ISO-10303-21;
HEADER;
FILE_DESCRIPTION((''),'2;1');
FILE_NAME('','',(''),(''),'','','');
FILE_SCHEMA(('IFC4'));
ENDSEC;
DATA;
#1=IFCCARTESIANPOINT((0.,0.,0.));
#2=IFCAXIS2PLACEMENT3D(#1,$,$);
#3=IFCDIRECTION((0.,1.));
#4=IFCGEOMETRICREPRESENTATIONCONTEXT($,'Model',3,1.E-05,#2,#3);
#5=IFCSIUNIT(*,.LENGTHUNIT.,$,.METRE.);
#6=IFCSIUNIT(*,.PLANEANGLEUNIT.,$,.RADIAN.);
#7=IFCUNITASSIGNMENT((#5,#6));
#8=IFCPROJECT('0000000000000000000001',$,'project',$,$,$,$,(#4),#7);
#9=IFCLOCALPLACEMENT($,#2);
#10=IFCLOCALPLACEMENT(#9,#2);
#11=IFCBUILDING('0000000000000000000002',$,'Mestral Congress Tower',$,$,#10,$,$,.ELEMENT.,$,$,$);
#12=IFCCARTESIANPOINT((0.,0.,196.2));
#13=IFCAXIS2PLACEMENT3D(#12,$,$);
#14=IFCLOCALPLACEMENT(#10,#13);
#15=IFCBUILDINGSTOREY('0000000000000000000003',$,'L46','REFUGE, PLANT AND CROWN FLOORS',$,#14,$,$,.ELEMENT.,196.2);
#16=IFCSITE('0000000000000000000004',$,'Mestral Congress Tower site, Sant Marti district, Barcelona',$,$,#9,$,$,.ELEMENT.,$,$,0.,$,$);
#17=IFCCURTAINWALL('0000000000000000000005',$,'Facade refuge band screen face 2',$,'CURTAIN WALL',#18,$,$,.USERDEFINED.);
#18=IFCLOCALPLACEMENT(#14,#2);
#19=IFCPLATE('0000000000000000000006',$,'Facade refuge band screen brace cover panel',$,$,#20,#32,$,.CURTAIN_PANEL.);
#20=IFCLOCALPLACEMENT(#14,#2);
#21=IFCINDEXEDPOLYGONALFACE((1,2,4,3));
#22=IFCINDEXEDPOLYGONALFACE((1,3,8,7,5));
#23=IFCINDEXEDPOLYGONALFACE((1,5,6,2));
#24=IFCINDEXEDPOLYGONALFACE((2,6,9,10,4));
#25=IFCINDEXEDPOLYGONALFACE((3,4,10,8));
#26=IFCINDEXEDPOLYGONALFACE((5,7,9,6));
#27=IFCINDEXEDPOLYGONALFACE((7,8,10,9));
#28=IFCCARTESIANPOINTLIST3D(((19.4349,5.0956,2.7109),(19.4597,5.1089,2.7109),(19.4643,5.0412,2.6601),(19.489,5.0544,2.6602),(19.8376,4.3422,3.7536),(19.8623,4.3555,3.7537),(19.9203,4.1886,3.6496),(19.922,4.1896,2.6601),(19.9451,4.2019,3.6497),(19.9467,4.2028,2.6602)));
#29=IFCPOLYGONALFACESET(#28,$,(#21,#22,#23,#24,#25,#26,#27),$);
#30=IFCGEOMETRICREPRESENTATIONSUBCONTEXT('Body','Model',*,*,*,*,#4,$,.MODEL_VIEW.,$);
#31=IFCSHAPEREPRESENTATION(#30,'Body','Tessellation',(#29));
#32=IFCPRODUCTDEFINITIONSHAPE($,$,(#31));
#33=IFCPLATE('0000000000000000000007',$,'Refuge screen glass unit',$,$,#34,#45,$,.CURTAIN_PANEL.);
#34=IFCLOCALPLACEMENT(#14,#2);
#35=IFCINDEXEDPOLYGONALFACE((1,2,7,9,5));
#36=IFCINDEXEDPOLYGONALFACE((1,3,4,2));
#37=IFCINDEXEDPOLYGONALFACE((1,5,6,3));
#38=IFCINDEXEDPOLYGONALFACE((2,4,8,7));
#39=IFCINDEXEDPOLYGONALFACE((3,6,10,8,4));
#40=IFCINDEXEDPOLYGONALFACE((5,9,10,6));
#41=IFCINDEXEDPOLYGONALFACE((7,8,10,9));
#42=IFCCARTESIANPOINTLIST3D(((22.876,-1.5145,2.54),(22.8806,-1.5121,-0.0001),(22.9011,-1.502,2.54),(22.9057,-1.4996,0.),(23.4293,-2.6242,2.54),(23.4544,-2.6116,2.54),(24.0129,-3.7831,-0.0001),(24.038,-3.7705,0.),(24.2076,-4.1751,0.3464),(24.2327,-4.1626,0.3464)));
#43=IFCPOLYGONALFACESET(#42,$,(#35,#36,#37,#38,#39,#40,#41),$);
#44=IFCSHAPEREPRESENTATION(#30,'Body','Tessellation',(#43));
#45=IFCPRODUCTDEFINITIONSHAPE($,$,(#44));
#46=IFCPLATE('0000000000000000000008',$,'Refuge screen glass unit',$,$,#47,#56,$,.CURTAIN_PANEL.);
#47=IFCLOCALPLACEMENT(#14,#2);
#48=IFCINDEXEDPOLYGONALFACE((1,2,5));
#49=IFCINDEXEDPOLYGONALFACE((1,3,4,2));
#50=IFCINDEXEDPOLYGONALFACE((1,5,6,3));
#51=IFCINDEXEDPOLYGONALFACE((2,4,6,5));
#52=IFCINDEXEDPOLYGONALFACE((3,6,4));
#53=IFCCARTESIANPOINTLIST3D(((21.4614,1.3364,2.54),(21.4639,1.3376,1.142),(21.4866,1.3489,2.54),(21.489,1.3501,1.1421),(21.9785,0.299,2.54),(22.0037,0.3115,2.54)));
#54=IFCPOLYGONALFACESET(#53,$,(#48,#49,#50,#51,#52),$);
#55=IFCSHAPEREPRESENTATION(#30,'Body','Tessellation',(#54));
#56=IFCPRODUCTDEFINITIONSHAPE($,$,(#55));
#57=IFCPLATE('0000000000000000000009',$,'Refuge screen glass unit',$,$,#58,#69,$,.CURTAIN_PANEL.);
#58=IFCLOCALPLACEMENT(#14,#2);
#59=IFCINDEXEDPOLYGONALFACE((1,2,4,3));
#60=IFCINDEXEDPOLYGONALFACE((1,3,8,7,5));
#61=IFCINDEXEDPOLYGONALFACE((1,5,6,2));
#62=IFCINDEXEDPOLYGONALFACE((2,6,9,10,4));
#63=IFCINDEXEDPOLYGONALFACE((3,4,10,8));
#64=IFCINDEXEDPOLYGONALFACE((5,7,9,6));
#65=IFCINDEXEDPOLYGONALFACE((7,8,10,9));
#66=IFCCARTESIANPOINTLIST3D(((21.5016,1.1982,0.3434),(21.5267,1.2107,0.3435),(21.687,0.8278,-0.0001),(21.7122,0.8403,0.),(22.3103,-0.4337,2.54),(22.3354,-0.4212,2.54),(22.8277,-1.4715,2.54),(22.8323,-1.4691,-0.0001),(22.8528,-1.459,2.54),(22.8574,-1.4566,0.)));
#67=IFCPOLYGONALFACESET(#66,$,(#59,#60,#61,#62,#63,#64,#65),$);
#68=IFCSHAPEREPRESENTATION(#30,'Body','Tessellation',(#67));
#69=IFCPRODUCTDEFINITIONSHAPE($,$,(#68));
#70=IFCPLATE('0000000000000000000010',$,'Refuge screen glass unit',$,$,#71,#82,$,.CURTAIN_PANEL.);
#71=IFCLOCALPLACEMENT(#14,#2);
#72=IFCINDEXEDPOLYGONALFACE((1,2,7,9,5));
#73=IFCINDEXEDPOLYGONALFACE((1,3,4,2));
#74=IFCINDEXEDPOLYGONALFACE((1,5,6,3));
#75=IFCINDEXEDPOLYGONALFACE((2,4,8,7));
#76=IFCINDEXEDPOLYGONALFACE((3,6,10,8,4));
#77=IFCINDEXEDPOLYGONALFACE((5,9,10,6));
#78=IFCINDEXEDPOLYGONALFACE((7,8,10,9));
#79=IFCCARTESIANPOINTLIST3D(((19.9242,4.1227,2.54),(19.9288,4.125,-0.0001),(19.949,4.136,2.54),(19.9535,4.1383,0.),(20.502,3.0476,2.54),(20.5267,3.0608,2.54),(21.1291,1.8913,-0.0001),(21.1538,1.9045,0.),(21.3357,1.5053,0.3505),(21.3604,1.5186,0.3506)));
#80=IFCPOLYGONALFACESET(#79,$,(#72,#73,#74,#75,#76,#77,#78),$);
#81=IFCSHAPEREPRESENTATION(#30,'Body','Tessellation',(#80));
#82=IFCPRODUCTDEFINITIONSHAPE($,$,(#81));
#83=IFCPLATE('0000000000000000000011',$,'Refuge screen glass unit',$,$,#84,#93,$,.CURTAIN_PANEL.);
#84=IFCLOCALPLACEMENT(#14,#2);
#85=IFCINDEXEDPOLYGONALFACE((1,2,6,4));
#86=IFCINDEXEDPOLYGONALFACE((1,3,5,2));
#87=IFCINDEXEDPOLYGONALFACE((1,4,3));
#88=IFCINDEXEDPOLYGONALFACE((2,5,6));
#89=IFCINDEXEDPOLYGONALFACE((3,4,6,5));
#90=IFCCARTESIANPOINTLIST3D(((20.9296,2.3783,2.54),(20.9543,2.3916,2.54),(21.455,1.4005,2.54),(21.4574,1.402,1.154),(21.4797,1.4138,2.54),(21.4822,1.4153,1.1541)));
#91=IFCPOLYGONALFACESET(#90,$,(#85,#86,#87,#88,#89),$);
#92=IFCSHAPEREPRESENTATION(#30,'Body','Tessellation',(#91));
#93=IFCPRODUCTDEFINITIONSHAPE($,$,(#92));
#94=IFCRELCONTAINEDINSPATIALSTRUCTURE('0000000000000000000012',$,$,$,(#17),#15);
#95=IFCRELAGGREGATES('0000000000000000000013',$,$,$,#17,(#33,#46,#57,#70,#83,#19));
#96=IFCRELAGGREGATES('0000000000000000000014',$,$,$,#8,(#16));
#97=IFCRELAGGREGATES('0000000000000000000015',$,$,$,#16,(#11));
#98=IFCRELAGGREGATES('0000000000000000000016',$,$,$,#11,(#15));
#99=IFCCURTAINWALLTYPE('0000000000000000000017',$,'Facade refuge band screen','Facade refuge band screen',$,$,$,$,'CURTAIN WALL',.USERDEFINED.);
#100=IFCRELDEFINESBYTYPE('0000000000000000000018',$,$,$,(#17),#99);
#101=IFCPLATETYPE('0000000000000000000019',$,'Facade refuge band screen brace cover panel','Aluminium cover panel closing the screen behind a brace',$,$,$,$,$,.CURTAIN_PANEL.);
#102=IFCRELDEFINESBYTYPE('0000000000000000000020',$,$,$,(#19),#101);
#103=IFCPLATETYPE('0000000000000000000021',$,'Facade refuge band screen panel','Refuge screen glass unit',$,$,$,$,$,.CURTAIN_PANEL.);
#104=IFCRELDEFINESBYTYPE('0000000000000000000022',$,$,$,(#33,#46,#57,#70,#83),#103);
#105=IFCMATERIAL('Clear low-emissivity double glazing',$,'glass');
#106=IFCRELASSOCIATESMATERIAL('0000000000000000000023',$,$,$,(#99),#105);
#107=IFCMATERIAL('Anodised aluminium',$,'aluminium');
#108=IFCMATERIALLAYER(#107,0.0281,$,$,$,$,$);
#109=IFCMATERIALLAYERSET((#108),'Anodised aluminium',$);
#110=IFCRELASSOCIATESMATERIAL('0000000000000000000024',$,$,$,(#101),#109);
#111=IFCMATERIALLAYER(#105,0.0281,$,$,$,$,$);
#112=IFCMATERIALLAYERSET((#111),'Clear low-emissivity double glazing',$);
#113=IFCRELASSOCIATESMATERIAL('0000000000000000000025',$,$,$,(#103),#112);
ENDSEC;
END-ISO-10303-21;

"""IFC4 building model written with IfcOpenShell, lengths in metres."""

from ifc_helpers import new_model, si_unit, direction, frame, origin, place, context, subcontext, project, spatial, polyline, outline, extrude, material, layer, layer_set, type_object, element, aggregate, save


model = new_model("IFC4")

# Units and contexts
model_context = context("Model", 3, precision=1e-05, world=origin(), true_north=direction((0.0, 1.0)))
body_context = subcontext(model_context, "Body", "Model", "MODEL_VIEW")
ifc_project = project(units=[si_unit("LENGTHUNIT", "METRE"), si_unit("PLANEANGLEUNIT", "RADIAN")], contexts=[model_context])

# Site, building, storey
site_placement = place(None, origin())
site = spatial("IfcSite", under=ifc_project, at=site_placement, Name="Mestral Congress Tower site, Sant Marti district, Barcelona", CompositionType="ELEMENT", RefElevation=0.0)
building_placement = place(site_placement, origin())
building = spatial("IfcBuilding", under=site, at=building_placement, Name="Mestral Congress Tower", CompositionType="ELEMENT")
storey_placement = place(building_placement, frame((0.0, 0.0, 196.2)))
storey = spatial("IfcBuildingStorey", under=building, at=storey_placement, Name="L46", Description="REFUGE, PLANT AND CROWN FLOORS", CompositionType="ELEMENT", Elevation=196.2)

# Curtain wall
ifc_material_1 = material(Name="Clear low-emissivity double glazing", Category="glass")
curtain_wall_type = type_object("IfcCurtainWallType", Name="Facade refuge band screen", Description="Facade refuge band screen", ElementType="CURTAIN WALL", PredefinedType="USERDEFINED", material=ifc_material_1)
curtain_wall_placement = place(storey_placement, origin())
curtain_wall = element("IfcCurtainWall", 1, at=curtain_wall_placement, inside=storey, type_object=curtain_wall_type, Name="Facade refuge band screen face 2", ObjectType="CURTAIN WALL", PredefinedType="USERDEFINED")
ifc_material_2 = material(Name="Anodised aluminium", Category="aluminium")

# Plates
ifc_layer_1 = layer(ifc_material_2, 0.0281)
ifc_layer_set_1 = layer_set([ifc_layer_1], Name="Anodised aluminium")
plate_type_1 = type_object("IfcPlateType", Name="Facade refuge band screen brace cover panel", Description="Aluminium cover panel closing the screen behind a brace", PredefinedType="CURTAIN_PANEL", material=ifc_layer_set_1)
plate_1_placement = place(storey_placement, frame((19.489, 5.0544, 2.6602), z_axis=(0.880836, 0.473417, 0.00193), x_axis=(0.473418, -0.880838, 0.0)))
plate_1 = element("IfcPlate", 2, at=plate_1_placement, type_object=plate_type_1, Name="Facade refuge band screen brace cover panel", PredefinedType="CURTAIN_PANEL", context=body_context, shape_type="SweptSolid", body=[
    extrude(outline(polyline([(0.0, 0.0), (0.9668, 0.0), (0.9669, -0.9895), (0.7924, -1.0935), (-0.0618, -0.0508), (0.0, 0.0)])), origin(), (0.0, 0.0, -1.0), 0.0281),
])
ifc_layer_2 = layer(ifc_material_1, 0.0281)
ifc_layer_set_2 = layer_set([ifc_layer_2], Name="Clear low-emissivity double glazing")
plate_type_2 = type_object("IfcPlateType", Name="Facade refuge band screen panel", Description="Refuge screen glass unit", PredefinedType="CURTAIN_PANEL", material=ifc_layer_set_2)
plate_2_placement = place(storey_placement, frame((22.9011, -1.502, 2.54), z_axis=(0.894919, 0.446223, 0.002026), x_axis=(0.001793, 0.000945, -0.999998)))
plate_2 = element("IfcPlate", 3, at=plate_2_placement, type_object=plate_type_2, Name="Refuge screen glass unit", PredefinedType="CURTAIN_PANEL", context=body_context, shape_type="SweptSolid", body=[
    extrude(outline(polyline([(0.0, 0.0), (2.54, 0.0), (2.5399, -2.5376), (2.1935, -2.9753), (-0.0001, -1.24), (0.0, 0.0)])), origin(), (0.0, 0.0, -1.0), 0.0281),
])
plate_3_placement = place(storey_placement, frame((21.4866, 1.3489, 2.54), z_axis=(0.894972, 0.446117, 0.001953), x_axis=(0.001746, 0.000873, -0.999998)))
plate_3 = element("IfcPlate", 4, at=plate_3_placement, type_object=plate_type_2, Name="Refuge screen glass unit", PredefinedType="CURTAIN_PANEL", context=body_context, shape_type="SweptSolid", body=[
    extrude(outline(polyline([(0.0, 0.0), (1.398, 0.0), (0.0, -1.1591), (0.0, 0.0)])), origin(), (0.0, 0.0, -1.0), 0.0281),
])
plate_4_placement = place(storey_placement, frame((21.7122, 0.8403, 0.0), z_axis=(0.894924, 0.446215, 0.002036), x_axis=(0.446216, -0.894926, 0.0)))
plate_4 = element("IfcPlate", 5, at=plate_4_placement, type_object=plate_type_2, Name="Refuge screen glass unit", PredefinedType="CURTAIN_PANEL", context=body_context, shape_type="SweptSolid", body=[
    extrude(outline(polyline([(0.0, 0.0), (2.5666, 0.0), (2.5667, -2.54), (1.407, -2.54), (-0.4142, -0.3435), (0.0, 0.0)])), origin(), (0.0, 0.0, -1.0), 0.0281),
])
plate_5_placement = place(storey_placement, frame((19.949, 4.136, 2.54), z_axis=(0.880876, 0.473343, 0.001997), x_axis=(0.001786, 0.000895, -0.999998)))
plate_5 = element("IfcPlate", 6, at=plate_5_placement, type_object=plate_type_2, Name="Refuge screen glass unit", PredefinedType="CURTAIN_PANEL", context=body_context, shape_type="SweptSolid", body=[
    extrude(outline(polyline([(0.0, 0.0), (2.54, 0.0), (2.5402, -2.5358), (2.1896, -2.9736), (0.0001, -1.2205), (0.0, 0.0)])), origin(), (0.0, 0.0, -1.0), 0.0281),
])
plate_6_placement = place(storey_placement, frame((21.4797, 1.4138, 2.54), z_axis=(0.880886, 0.473325, 0.002052), x_axis=(-0.473326, 0.880887, 0.0)))
plate_6 = element("IfcPlate", 7, at=plate_6_placement, type_object=plate_type_2, Name="Refuge screen glass unit", PredefinedType="CURTAIN_PANEL", context=body_context, shape_type="SweptSolid", body=[
    extrude(outline(polyline([(0.0, 0.0), (1.11, 0.0), (0.0001, -1.386), (0.0, 0.0)])), origin(), (0.0, 0.0, -1.0), 0.0281),
])
aggregate(curtain_wall, [plate_2, plate_3, plate_4, plate_5, plate_6, plate_1])

save(model, "model.ifc")
